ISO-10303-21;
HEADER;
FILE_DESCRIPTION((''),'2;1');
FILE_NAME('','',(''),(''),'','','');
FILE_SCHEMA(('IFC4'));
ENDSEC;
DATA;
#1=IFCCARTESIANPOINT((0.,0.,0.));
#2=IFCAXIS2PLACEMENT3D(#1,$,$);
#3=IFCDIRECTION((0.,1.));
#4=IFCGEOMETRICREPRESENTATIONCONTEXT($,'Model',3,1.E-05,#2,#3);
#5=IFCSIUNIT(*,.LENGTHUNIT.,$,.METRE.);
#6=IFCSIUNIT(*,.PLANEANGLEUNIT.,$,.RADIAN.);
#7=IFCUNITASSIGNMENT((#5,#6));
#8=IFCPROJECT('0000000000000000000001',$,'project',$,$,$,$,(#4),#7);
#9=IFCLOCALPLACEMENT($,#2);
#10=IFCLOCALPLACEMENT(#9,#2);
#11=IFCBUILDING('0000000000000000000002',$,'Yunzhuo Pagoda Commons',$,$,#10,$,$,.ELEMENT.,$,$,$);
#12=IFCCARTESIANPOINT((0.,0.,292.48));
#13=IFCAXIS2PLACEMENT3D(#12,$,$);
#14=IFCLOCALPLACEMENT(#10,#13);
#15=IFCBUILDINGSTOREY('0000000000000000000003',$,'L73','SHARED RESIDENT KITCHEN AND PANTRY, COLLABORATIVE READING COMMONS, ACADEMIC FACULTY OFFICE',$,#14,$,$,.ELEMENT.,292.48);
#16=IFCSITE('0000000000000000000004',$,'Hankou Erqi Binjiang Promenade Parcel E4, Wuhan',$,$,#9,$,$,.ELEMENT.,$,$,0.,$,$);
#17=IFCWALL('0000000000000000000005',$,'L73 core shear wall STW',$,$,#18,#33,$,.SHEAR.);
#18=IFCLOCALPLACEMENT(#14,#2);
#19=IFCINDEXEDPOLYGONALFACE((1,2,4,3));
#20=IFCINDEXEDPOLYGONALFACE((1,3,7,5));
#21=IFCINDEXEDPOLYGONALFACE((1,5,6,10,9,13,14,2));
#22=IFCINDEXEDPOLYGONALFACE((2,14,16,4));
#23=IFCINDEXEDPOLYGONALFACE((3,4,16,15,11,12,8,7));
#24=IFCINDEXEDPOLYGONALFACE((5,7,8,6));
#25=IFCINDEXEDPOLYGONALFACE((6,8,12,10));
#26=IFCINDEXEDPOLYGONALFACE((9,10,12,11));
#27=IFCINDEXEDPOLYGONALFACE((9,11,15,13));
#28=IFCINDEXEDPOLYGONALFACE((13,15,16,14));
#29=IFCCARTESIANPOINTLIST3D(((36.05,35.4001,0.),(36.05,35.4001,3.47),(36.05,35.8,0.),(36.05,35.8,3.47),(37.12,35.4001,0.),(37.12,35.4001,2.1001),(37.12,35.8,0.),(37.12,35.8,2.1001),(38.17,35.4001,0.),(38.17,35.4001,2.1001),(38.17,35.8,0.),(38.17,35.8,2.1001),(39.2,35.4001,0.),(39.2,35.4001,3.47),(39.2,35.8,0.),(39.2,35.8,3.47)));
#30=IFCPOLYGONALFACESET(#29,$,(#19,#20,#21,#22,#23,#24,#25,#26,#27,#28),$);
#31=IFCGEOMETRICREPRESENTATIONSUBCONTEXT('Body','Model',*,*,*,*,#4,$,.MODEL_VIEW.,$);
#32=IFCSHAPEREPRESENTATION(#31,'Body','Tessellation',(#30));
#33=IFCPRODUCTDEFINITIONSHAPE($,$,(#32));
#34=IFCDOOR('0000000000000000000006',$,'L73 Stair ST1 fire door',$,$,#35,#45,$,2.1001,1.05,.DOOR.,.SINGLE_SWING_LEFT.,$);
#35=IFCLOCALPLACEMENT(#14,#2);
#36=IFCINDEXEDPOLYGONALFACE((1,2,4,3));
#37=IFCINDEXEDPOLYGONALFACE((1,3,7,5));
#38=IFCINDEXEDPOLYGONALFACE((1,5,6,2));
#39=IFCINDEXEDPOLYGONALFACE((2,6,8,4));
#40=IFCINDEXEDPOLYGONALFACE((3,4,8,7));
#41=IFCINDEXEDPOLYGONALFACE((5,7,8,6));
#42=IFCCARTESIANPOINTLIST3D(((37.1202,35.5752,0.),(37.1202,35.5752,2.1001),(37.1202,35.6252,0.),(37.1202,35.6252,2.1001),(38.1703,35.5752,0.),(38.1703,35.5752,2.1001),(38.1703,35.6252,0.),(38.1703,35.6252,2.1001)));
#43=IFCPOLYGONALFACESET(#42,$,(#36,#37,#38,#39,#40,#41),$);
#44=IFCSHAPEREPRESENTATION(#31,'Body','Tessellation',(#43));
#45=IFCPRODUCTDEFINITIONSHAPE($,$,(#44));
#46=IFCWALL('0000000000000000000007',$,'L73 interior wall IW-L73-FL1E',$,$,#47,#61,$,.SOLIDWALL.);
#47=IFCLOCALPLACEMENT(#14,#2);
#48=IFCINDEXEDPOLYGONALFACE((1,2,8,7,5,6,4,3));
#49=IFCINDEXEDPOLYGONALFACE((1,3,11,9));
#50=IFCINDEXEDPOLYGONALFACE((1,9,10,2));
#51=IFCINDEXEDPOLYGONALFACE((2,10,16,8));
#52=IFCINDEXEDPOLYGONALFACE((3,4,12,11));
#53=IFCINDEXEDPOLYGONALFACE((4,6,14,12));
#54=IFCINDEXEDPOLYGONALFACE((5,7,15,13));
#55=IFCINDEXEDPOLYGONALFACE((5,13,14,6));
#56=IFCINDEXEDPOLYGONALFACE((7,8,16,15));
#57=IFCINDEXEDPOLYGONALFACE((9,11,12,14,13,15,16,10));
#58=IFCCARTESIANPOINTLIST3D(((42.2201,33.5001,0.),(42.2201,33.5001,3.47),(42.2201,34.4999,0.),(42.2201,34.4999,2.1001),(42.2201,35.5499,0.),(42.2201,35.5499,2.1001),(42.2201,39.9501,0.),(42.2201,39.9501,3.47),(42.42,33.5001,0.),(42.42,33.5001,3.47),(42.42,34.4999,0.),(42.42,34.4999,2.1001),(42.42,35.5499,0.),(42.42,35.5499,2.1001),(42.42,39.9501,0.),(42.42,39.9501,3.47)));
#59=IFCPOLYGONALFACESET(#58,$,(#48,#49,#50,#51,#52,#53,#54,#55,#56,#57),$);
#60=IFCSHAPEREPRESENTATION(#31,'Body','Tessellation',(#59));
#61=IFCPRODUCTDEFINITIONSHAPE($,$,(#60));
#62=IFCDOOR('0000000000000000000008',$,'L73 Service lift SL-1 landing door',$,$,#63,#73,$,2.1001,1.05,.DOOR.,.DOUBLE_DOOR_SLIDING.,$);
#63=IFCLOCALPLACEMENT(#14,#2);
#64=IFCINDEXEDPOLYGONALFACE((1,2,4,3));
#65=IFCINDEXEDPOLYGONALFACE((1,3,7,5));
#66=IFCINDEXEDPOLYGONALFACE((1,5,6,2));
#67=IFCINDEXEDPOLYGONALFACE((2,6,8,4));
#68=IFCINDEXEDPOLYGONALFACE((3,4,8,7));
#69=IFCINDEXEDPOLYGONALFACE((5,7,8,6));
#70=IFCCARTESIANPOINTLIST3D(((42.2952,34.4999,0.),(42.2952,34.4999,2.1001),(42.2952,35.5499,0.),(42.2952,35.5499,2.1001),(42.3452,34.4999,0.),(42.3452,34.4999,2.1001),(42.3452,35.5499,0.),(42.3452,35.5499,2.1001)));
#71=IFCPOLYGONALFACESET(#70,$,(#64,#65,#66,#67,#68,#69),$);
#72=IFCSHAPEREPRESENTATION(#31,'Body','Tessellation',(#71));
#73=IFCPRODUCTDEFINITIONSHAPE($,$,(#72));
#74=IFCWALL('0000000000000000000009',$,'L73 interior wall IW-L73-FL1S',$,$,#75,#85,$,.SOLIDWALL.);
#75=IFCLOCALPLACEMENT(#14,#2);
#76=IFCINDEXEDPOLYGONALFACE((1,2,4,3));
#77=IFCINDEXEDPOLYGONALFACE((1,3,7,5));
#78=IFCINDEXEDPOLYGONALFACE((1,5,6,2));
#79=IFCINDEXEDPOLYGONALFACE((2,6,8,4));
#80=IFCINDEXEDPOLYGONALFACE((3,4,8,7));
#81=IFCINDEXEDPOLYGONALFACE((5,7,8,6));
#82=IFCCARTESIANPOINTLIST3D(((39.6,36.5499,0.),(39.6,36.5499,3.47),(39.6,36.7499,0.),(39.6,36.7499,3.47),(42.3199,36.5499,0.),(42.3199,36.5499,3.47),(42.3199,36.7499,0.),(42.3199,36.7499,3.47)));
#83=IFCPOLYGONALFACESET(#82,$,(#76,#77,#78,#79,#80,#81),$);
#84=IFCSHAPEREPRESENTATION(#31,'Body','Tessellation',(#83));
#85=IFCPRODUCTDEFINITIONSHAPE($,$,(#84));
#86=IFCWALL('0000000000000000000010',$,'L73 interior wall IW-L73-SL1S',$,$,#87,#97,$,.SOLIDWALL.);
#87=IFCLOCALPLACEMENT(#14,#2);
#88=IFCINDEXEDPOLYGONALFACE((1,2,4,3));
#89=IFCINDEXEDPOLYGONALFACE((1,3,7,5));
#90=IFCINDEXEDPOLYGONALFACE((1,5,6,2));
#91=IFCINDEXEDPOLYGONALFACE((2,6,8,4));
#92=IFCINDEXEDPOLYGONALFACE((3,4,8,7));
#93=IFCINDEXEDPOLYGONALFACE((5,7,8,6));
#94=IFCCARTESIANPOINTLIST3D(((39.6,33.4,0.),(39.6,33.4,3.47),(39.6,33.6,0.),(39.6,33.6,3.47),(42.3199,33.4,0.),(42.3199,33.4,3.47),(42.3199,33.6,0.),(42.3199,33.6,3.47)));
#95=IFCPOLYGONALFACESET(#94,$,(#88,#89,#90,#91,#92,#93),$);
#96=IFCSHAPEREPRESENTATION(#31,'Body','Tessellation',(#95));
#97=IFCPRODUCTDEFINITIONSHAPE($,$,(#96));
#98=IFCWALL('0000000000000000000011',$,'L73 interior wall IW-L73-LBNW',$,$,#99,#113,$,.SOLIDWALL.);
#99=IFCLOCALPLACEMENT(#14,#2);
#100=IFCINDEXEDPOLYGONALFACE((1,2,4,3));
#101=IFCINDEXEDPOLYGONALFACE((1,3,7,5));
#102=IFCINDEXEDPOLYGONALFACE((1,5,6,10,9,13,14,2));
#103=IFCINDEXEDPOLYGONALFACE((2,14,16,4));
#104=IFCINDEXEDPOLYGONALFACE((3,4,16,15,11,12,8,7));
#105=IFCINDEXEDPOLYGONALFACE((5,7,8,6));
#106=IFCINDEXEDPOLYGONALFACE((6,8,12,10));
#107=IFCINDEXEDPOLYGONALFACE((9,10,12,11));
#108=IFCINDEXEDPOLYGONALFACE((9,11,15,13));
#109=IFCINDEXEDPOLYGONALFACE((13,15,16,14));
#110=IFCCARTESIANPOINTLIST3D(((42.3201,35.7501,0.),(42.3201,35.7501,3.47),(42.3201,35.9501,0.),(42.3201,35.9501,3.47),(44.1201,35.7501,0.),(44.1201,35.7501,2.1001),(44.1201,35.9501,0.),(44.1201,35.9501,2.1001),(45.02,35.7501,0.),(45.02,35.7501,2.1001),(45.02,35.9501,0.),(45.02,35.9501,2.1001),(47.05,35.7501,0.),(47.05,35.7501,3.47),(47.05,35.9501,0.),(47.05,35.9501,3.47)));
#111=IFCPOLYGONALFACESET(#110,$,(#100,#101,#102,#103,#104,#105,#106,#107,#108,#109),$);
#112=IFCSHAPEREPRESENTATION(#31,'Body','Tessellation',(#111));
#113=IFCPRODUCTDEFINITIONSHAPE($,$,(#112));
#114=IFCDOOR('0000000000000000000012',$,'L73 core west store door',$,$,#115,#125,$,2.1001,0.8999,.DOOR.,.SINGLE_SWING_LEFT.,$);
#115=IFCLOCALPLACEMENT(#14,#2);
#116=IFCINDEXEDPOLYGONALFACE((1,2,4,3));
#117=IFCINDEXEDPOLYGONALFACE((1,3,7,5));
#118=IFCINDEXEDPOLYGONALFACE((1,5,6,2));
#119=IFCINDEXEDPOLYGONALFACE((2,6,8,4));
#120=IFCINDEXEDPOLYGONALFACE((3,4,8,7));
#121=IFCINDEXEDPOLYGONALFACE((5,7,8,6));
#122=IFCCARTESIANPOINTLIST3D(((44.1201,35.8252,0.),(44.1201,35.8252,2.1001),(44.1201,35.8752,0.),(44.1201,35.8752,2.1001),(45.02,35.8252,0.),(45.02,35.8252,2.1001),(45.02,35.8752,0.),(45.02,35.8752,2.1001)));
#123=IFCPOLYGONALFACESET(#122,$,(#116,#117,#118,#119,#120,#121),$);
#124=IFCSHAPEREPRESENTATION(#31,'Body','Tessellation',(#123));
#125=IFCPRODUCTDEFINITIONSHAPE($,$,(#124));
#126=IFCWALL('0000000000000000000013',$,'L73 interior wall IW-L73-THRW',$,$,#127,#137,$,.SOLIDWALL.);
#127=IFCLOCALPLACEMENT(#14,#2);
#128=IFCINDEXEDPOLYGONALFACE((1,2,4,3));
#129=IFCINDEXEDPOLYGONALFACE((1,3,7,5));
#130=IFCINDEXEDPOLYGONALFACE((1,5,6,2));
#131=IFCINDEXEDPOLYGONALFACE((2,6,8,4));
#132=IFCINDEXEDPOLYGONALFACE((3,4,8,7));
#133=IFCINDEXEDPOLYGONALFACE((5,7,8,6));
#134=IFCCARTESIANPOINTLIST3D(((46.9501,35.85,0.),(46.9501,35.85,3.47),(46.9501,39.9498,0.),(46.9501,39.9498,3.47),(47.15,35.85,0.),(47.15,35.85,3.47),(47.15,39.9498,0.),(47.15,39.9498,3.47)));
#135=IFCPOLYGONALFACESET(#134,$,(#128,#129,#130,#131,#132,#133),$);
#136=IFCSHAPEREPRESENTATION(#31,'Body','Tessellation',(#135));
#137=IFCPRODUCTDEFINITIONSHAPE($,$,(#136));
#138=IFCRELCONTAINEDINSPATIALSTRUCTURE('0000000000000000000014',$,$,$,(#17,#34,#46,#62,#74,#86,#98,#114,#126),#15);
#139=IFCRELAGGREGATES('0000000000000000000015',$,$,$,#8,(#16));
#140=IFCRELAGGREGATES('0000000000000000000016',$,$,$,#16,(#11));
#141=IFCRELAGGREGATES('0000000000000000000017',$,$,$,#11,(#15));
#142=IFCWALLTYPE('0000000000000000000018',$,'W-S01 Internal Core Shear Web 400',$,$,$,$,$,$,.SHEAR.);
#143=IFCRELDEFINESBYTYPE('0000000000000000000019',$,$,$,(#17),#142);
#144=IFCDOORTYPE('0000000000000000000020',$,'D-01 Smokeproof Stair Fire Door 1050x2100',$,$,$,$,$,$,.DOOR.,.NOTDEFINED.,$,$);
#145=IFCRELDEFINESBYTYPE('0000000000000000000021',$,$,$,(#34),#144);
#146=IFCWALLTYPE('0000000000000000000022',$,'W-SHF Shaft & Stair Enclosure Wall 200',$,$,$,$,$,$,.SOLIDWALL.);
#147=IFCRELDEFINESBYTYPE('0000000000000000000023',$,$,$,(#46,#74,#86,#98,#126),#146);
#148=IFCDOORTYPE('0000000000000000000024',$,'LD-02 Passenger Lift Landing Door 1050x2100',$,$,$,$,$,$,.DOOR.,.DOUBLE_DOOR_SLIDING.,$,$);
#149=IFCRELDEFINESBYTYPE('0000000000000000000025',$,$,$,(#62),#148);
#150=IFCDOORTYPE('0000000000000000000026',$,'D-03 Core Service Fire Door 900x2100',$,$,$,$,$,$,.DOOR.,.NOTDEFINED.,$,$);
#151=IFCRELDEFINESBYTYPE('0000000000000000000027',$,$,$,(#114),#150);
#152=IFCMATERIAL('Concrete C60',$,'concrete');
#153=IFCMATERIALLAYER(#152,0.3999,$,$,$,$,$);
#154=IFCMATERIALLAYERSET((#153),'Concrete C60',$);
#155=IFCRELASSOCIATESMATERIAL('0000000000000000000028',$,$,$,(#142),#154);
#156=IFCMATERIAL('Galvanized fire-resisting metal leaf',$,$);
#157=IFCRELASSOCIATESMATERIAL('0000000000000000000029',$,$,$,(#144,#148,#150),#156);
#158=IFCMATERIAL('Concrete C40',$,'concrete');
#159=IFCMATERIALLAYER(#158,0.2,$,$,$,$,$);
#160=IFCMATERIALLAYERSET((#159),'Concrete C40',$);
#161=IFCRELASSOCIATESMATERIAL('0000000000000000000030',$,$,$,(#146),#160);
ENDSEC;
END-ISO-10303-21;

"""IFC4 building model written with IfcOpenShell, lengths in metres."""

from ifc_helpers import new_model, si_unit, direction, frame, frame_2d, origin, origin_with_axes, place, context, subcontext, project, spatial, rectangle, extrude, source, transform, mapped, material, layer, layer_set, type_object, element, fill, save


model = new_model("IFC4")

# Units and contexts
model_context = context("Model", 3, precision=1e-05, world=origin(), true_north=direction((0.0, 1.0)))
body_context = subcontext(model_context, "Body", "Model", "MODEL_VIEW")
ifc_project = project(units=[si_unit("LENGTHUNIT", "METRE"), si_unit("PLANEANGLEUNIT", "RADIAN")], contexts=[model_context])

# Site, building, storey
site_placement = place(None, origin())
site = spatial("IfcSite", under=ifc_project, at=site_placement, Name="Hankou Erqi Binjiang Promenade Parcel E4, Wuhan", CompositionType="ELEMENT", RefElevation=0.0)
building_placement = place(site_placement, origin())
building = spatial("IfcBuilding", under=site, at=building_placement, Name="Yunzhuo Pagoda Commons", CompositionType="ELEMENT")
storey_placement = place(building_placement, frame((0.0, 0.0, 292.48)))
storey = spatial("IfcBuildingStorey", under=building, at=storey_placement, Name="L73", Description="SHARED RESIDENT KITCHEN AND PANTRY, COLLABORATIVE READING COMMONS, ACADEMIC FACULTY OFFICE", CompositionType="ELEMENT", Elevation=292.48)

# Shared definitions
ifc_material_1 = material(Name="Galvanized fire-resisting metal leaf")
shared_shape_1 = source(origin(), body_context, "Body", "SweptSolid", [
    extrude(rectangle(XDim=1.05, YDim=2.1001, at=frame_2d((0.5249, 1.05))), frame((0.0, 0.0249, 0.0), z_axis=(0.0, -1.0, 0.0), x_axis=(1.0, 0.0, 0.0)), (0.0, 0.0, 1.0), 0.05),
])

# Walls, openings, doors
ifc_material_2 = material(Name="Concrete C60", Category="concrete")
ifc_layer_1 = layer(ifc_material_2, 0.3999)
ifc_layer_set_1 = layer_set([ifc_layer_1], Name="Concrete C60")
wall_type_1 = type_object("IfcWallType", Name="W-S01 Internal Core Shear Web 400", PredefinedType="SHEAR", material=ifc_layer_set_1)
wall_1_placement = place(storey_placement, frame((36.05, 35.6001, 0.0), z_axis=(0.0, 0.0, 1.0), x_axis=(1.0, 0.0, 0.0)))
wall_1 = element("IfcWall", 1, at=wall_1_placement, inside=storey, type_object=wall_type_1, Name="L73 core shear wall STW", PredefinedType="SHEAR", context=body_context, shape_type="SweptSolid", body=[
    extrude(rectangle(XDim=3.1499, YDim=0.3999, at=frame_2d((1.575, 0.0))), origin(), (0.0, 0.0, 1.0), 3.47),
])
opening_1_placement = place(wall_1_placement, frame((1.0701, 0.0, 0.0)))
opening_1 = element("IfcOpeningElement", 2, at=opening_1_placement, cuts=wall_1, PredefinedType="OPENING", context=body_context, shape_type="SweptSolid", body=[
    extrude(rectangle(XDim=1.05, YDim=2.1001, at=frame_2d((0.5249, 1.05))), frame((0.0, 0.21, 0.0), z_axis=(0.0, -1.0, 0.0), x_axis=(1.0, 0.0, 0.0)), (0.0, 0.0, 1.0), 0.4199),
])
door_type_1 = type_object("IfcDoorType", Name="D-01 Smokeproof Stair Fire Door 1050x2100", OperationType="NOTDEFINED", PredefinedType="DOOR", material=ifc_material_1)
door_1_placement = place(opening_1_placement, frame((1.05, 0.0, 0.0), z_axis=(0.0, 0.0, 1.0), x_axis=(-1.0, 0.0, 0.0)))
door_1 = element("IfcDoor", 3, at=door_1_placement, inside=storey, type_object=door_type_1, Name="L73 Stair ST1 fire door", OperationType="SINGLE_SWING_LEFT", OverallHeight=2.1001, OverallWidth=1.05, PredefinedType="DOOR", context=body_context, shape_type="MappedRepresentation", body=[
    mapped(shared_shape_1, transform((0.0, 0.0, 0.0), scale=1.0)),
])
fill(opening_1, door_1)
ifc_material_3 = material(Name="Concrete C40", Category="concrete")
ifc_layer_2 = layer(ifc_material_3, 0.2)
ifc_layer_set_2 = layer_set([ifc_layer_2], Name="Concrete C40")
wall_type_2 = type_object("IfcWallType", Name="W-SHF Shaft & Stair Enclosure Wall 200", PredefinedType="SOLIDWALL", material=ifc_layer_set_2)
wall_2_placement = place(storey_placement, frame((42.3201, 33.5, 0.0), z_axis=(0.0, 0.0, 1.0), x_axis=(0.0, 1.0, 0.0)))
wall_2 = element("IfcWall", 4, at=wall_2_placement, inside=storey, type_object=wall_type_2, Name="L73 interior wall IW-L73-FL1E", PredefinedType="SOLIDWALL", context=body_context, shape_type="SweptSolid", body=[
    extrude(rectangle(XDim=6.45, YDim=0.2, at=frame_2d((3.2251, 0.0))), origin(), (0.0, 0.0, 1.0), 3.47),
])
opening_2_placement = place(wall_2_placement, frame((1.0, 0.0, 0.0)))
opening_2 = element("IfcOpeningElement", 5, at=opening_2_placement, cuts=wall_2, PredefinedType="OPENING", context=body_context, shape_type="SweptSolid", body=[
    extrude(rectangle(XDim=1.05, YDim=2.1001, at=frame_2d((0.5249, 1.05))), frame((0.0, 0.1099, 0.0), z_axis=(0.0, -1.0, 0.0), x_axis=(1.0, 0.0, 0.0)), (0.0, 0.0, 1.0), 0.22),
])
door_type_2 = type_object("IfcDoorType", Name="LD-02 Passenger Lift Landing Door 1050x2100", OperationType="DOUBLE_DOOR_SLIDING", PredefinedType="DOOR", material=ifc_material_1)
door_2_placement = place(opening_2_placement, origin_with_axes())
door_2 = element("IfcDoor", 6, at=door_2_placement, inside=storey, type_object=door_type_2, Name="L73 Service lift SL-1 landing door", OperationType="DOUBLE_DOOR_SLIDING", OverallHeight=2.1001, OverallWidth=1.05, PredefinedType="DOOR", context=body_context, shape_type="MappedRepresentation", body=[
    mapped(shared_shape_1, transform((0.0, 0.0, 0.0), scale=1.0)),
])
fill(opening_2, door_2)

# Walls
for number, where, z_axis, x_axis, name in (
    (7, (39.6001, 36.6499, 0.0), (0.0, 0.0, 1.0), (1.0, 0.0, 0.0), "L73 interior wall IW-L73-FL1S"),
    (8, (39.6001, 33.5, 0.0), (0.0, 0.0, 1.0), (1.0, 0.0, 0.0), "L73 interior wall IW-L73-SL1S"),
):
    element("IfcWall", number, at=place(storey_placement, frame(where, z_axis=z_axis, x_axis=x_axis)), inside=storey, type_object=wall_type_2, Name=name, PredefinedType="SOLIDWALL", context=body_context, shape_type="SweptSolid", body=[
        extrude(rectangle(XDim=2.72, YDim=0.2, at=frame_2d((1.3599, 0.0))), origin(), (0.0, 0.0, 1.0), 3.47),
    ])

# Wall, opening, door
wall_3_placement = place(storey_placement, frame((42.3201, 35.8501, 0.0), z_axis=(0.0, 0.0, 1.0), x_axis=(1.0, 0.0, 0.0)))
wall_3 = element("IfcWall", 9, at=wall_3_placement, inside=storey, type_object=wall_type_2, Name="L73 interior wall IW-L73-LBNW", PredefinedType="SOLIDWALL", context=body_context, shape_type="SweptSolid", body=[
    extrude(rectangle(XDim=4.73, YDim=0.2, at=frame_2d((2.365, 0.0))), origin(), (0.0, 0.0, 1.0), 3.47),
])
opening_3_placement = place(wall_3_placement, frame((1.8, 0.0, 0.0)))
opening_3 = element("IfcOpeningElement", 10, at=opening_3_placement, cuts=wall_3, PredefinedType="OPENING", context=body_context, shape_type="SweptSolid", body=[
    extrude(rectangle(XDim=0.8999, YDim=2.1001, at=frame_2d((0.45, 1.05))), frame((0.0, 0.1099, 0.0), z_axis=(0.0, -1.0, 0.0), x_axis=(1.0, 0.0, 0.0)), (0.0, 0.0, 1.0), 0.22),
])
door_type_3 = type_object("IfcDoorType", Name="D-03 Core Service Fire Door 900x2100", OperationType="NOTDEFINED", PredefinedType="DOOR", material=ifc_material_1)
shared_shape_2 = source(origin(), body_context, "Body", "SweptSolid", [
    extrude(rectangle(XDim=0.8999, YDim=2.1001, at=frame_2d((0.45, 1.05))), frame((0.0, 0.0249, 0.0), z_axis=(0.0, -1.0, 0.0), x_axis=(1.0, 0.0, 0.0)), (0.0, 0.0, 1.0), 0.05),
])
door_3_placement = place(opening_3_placement, frame((0.8999, 0.0, 0.0), z_axis=(0.0, 0.0, 1.0), x_axis=(-1.0, 0.0, 0.0)))
door_3 = element("IfcDoor", 11, at=door_3_placement, inside=storey, type_object=door_type_3, Name="L73 core west store door", OperationType="SINGLE_SWING_LEFT", OverallHeight=2.1001, OverallWidth=0.8999, PredefinedType="DOOR", context=body_context, shape_type="MappedRepresentation", body=[
    mapped(shared_shape_2, transform((0.0, 0.0, 0.0), scale=1.0)),
])
fill(opening_3, door_3)

# Wall
wall_4_placement = place(storey_placement, frame((47.05, 35.8501, 0.0), z_axis=(0.0, 0.0, 1.0), x_axis=(0.0, 1.0, 0.0)))
element("IfcWall", 12, at=wall_4_placement, inside=storey, type_object=wall_type_2, Name="L73 interior wall IW-L73-THRW", PredefinedType="SOLIDWALL", context=body_context, shape_type="SweptSolid", body=[
    extrude(rectangle(XDim=4.0999, YDim=0.2, at=frame_2d((2.0498, 0.0))), origin(), (0.0, 0.0, 1.0), 3.47),
])

save(model, "model.ifc")
